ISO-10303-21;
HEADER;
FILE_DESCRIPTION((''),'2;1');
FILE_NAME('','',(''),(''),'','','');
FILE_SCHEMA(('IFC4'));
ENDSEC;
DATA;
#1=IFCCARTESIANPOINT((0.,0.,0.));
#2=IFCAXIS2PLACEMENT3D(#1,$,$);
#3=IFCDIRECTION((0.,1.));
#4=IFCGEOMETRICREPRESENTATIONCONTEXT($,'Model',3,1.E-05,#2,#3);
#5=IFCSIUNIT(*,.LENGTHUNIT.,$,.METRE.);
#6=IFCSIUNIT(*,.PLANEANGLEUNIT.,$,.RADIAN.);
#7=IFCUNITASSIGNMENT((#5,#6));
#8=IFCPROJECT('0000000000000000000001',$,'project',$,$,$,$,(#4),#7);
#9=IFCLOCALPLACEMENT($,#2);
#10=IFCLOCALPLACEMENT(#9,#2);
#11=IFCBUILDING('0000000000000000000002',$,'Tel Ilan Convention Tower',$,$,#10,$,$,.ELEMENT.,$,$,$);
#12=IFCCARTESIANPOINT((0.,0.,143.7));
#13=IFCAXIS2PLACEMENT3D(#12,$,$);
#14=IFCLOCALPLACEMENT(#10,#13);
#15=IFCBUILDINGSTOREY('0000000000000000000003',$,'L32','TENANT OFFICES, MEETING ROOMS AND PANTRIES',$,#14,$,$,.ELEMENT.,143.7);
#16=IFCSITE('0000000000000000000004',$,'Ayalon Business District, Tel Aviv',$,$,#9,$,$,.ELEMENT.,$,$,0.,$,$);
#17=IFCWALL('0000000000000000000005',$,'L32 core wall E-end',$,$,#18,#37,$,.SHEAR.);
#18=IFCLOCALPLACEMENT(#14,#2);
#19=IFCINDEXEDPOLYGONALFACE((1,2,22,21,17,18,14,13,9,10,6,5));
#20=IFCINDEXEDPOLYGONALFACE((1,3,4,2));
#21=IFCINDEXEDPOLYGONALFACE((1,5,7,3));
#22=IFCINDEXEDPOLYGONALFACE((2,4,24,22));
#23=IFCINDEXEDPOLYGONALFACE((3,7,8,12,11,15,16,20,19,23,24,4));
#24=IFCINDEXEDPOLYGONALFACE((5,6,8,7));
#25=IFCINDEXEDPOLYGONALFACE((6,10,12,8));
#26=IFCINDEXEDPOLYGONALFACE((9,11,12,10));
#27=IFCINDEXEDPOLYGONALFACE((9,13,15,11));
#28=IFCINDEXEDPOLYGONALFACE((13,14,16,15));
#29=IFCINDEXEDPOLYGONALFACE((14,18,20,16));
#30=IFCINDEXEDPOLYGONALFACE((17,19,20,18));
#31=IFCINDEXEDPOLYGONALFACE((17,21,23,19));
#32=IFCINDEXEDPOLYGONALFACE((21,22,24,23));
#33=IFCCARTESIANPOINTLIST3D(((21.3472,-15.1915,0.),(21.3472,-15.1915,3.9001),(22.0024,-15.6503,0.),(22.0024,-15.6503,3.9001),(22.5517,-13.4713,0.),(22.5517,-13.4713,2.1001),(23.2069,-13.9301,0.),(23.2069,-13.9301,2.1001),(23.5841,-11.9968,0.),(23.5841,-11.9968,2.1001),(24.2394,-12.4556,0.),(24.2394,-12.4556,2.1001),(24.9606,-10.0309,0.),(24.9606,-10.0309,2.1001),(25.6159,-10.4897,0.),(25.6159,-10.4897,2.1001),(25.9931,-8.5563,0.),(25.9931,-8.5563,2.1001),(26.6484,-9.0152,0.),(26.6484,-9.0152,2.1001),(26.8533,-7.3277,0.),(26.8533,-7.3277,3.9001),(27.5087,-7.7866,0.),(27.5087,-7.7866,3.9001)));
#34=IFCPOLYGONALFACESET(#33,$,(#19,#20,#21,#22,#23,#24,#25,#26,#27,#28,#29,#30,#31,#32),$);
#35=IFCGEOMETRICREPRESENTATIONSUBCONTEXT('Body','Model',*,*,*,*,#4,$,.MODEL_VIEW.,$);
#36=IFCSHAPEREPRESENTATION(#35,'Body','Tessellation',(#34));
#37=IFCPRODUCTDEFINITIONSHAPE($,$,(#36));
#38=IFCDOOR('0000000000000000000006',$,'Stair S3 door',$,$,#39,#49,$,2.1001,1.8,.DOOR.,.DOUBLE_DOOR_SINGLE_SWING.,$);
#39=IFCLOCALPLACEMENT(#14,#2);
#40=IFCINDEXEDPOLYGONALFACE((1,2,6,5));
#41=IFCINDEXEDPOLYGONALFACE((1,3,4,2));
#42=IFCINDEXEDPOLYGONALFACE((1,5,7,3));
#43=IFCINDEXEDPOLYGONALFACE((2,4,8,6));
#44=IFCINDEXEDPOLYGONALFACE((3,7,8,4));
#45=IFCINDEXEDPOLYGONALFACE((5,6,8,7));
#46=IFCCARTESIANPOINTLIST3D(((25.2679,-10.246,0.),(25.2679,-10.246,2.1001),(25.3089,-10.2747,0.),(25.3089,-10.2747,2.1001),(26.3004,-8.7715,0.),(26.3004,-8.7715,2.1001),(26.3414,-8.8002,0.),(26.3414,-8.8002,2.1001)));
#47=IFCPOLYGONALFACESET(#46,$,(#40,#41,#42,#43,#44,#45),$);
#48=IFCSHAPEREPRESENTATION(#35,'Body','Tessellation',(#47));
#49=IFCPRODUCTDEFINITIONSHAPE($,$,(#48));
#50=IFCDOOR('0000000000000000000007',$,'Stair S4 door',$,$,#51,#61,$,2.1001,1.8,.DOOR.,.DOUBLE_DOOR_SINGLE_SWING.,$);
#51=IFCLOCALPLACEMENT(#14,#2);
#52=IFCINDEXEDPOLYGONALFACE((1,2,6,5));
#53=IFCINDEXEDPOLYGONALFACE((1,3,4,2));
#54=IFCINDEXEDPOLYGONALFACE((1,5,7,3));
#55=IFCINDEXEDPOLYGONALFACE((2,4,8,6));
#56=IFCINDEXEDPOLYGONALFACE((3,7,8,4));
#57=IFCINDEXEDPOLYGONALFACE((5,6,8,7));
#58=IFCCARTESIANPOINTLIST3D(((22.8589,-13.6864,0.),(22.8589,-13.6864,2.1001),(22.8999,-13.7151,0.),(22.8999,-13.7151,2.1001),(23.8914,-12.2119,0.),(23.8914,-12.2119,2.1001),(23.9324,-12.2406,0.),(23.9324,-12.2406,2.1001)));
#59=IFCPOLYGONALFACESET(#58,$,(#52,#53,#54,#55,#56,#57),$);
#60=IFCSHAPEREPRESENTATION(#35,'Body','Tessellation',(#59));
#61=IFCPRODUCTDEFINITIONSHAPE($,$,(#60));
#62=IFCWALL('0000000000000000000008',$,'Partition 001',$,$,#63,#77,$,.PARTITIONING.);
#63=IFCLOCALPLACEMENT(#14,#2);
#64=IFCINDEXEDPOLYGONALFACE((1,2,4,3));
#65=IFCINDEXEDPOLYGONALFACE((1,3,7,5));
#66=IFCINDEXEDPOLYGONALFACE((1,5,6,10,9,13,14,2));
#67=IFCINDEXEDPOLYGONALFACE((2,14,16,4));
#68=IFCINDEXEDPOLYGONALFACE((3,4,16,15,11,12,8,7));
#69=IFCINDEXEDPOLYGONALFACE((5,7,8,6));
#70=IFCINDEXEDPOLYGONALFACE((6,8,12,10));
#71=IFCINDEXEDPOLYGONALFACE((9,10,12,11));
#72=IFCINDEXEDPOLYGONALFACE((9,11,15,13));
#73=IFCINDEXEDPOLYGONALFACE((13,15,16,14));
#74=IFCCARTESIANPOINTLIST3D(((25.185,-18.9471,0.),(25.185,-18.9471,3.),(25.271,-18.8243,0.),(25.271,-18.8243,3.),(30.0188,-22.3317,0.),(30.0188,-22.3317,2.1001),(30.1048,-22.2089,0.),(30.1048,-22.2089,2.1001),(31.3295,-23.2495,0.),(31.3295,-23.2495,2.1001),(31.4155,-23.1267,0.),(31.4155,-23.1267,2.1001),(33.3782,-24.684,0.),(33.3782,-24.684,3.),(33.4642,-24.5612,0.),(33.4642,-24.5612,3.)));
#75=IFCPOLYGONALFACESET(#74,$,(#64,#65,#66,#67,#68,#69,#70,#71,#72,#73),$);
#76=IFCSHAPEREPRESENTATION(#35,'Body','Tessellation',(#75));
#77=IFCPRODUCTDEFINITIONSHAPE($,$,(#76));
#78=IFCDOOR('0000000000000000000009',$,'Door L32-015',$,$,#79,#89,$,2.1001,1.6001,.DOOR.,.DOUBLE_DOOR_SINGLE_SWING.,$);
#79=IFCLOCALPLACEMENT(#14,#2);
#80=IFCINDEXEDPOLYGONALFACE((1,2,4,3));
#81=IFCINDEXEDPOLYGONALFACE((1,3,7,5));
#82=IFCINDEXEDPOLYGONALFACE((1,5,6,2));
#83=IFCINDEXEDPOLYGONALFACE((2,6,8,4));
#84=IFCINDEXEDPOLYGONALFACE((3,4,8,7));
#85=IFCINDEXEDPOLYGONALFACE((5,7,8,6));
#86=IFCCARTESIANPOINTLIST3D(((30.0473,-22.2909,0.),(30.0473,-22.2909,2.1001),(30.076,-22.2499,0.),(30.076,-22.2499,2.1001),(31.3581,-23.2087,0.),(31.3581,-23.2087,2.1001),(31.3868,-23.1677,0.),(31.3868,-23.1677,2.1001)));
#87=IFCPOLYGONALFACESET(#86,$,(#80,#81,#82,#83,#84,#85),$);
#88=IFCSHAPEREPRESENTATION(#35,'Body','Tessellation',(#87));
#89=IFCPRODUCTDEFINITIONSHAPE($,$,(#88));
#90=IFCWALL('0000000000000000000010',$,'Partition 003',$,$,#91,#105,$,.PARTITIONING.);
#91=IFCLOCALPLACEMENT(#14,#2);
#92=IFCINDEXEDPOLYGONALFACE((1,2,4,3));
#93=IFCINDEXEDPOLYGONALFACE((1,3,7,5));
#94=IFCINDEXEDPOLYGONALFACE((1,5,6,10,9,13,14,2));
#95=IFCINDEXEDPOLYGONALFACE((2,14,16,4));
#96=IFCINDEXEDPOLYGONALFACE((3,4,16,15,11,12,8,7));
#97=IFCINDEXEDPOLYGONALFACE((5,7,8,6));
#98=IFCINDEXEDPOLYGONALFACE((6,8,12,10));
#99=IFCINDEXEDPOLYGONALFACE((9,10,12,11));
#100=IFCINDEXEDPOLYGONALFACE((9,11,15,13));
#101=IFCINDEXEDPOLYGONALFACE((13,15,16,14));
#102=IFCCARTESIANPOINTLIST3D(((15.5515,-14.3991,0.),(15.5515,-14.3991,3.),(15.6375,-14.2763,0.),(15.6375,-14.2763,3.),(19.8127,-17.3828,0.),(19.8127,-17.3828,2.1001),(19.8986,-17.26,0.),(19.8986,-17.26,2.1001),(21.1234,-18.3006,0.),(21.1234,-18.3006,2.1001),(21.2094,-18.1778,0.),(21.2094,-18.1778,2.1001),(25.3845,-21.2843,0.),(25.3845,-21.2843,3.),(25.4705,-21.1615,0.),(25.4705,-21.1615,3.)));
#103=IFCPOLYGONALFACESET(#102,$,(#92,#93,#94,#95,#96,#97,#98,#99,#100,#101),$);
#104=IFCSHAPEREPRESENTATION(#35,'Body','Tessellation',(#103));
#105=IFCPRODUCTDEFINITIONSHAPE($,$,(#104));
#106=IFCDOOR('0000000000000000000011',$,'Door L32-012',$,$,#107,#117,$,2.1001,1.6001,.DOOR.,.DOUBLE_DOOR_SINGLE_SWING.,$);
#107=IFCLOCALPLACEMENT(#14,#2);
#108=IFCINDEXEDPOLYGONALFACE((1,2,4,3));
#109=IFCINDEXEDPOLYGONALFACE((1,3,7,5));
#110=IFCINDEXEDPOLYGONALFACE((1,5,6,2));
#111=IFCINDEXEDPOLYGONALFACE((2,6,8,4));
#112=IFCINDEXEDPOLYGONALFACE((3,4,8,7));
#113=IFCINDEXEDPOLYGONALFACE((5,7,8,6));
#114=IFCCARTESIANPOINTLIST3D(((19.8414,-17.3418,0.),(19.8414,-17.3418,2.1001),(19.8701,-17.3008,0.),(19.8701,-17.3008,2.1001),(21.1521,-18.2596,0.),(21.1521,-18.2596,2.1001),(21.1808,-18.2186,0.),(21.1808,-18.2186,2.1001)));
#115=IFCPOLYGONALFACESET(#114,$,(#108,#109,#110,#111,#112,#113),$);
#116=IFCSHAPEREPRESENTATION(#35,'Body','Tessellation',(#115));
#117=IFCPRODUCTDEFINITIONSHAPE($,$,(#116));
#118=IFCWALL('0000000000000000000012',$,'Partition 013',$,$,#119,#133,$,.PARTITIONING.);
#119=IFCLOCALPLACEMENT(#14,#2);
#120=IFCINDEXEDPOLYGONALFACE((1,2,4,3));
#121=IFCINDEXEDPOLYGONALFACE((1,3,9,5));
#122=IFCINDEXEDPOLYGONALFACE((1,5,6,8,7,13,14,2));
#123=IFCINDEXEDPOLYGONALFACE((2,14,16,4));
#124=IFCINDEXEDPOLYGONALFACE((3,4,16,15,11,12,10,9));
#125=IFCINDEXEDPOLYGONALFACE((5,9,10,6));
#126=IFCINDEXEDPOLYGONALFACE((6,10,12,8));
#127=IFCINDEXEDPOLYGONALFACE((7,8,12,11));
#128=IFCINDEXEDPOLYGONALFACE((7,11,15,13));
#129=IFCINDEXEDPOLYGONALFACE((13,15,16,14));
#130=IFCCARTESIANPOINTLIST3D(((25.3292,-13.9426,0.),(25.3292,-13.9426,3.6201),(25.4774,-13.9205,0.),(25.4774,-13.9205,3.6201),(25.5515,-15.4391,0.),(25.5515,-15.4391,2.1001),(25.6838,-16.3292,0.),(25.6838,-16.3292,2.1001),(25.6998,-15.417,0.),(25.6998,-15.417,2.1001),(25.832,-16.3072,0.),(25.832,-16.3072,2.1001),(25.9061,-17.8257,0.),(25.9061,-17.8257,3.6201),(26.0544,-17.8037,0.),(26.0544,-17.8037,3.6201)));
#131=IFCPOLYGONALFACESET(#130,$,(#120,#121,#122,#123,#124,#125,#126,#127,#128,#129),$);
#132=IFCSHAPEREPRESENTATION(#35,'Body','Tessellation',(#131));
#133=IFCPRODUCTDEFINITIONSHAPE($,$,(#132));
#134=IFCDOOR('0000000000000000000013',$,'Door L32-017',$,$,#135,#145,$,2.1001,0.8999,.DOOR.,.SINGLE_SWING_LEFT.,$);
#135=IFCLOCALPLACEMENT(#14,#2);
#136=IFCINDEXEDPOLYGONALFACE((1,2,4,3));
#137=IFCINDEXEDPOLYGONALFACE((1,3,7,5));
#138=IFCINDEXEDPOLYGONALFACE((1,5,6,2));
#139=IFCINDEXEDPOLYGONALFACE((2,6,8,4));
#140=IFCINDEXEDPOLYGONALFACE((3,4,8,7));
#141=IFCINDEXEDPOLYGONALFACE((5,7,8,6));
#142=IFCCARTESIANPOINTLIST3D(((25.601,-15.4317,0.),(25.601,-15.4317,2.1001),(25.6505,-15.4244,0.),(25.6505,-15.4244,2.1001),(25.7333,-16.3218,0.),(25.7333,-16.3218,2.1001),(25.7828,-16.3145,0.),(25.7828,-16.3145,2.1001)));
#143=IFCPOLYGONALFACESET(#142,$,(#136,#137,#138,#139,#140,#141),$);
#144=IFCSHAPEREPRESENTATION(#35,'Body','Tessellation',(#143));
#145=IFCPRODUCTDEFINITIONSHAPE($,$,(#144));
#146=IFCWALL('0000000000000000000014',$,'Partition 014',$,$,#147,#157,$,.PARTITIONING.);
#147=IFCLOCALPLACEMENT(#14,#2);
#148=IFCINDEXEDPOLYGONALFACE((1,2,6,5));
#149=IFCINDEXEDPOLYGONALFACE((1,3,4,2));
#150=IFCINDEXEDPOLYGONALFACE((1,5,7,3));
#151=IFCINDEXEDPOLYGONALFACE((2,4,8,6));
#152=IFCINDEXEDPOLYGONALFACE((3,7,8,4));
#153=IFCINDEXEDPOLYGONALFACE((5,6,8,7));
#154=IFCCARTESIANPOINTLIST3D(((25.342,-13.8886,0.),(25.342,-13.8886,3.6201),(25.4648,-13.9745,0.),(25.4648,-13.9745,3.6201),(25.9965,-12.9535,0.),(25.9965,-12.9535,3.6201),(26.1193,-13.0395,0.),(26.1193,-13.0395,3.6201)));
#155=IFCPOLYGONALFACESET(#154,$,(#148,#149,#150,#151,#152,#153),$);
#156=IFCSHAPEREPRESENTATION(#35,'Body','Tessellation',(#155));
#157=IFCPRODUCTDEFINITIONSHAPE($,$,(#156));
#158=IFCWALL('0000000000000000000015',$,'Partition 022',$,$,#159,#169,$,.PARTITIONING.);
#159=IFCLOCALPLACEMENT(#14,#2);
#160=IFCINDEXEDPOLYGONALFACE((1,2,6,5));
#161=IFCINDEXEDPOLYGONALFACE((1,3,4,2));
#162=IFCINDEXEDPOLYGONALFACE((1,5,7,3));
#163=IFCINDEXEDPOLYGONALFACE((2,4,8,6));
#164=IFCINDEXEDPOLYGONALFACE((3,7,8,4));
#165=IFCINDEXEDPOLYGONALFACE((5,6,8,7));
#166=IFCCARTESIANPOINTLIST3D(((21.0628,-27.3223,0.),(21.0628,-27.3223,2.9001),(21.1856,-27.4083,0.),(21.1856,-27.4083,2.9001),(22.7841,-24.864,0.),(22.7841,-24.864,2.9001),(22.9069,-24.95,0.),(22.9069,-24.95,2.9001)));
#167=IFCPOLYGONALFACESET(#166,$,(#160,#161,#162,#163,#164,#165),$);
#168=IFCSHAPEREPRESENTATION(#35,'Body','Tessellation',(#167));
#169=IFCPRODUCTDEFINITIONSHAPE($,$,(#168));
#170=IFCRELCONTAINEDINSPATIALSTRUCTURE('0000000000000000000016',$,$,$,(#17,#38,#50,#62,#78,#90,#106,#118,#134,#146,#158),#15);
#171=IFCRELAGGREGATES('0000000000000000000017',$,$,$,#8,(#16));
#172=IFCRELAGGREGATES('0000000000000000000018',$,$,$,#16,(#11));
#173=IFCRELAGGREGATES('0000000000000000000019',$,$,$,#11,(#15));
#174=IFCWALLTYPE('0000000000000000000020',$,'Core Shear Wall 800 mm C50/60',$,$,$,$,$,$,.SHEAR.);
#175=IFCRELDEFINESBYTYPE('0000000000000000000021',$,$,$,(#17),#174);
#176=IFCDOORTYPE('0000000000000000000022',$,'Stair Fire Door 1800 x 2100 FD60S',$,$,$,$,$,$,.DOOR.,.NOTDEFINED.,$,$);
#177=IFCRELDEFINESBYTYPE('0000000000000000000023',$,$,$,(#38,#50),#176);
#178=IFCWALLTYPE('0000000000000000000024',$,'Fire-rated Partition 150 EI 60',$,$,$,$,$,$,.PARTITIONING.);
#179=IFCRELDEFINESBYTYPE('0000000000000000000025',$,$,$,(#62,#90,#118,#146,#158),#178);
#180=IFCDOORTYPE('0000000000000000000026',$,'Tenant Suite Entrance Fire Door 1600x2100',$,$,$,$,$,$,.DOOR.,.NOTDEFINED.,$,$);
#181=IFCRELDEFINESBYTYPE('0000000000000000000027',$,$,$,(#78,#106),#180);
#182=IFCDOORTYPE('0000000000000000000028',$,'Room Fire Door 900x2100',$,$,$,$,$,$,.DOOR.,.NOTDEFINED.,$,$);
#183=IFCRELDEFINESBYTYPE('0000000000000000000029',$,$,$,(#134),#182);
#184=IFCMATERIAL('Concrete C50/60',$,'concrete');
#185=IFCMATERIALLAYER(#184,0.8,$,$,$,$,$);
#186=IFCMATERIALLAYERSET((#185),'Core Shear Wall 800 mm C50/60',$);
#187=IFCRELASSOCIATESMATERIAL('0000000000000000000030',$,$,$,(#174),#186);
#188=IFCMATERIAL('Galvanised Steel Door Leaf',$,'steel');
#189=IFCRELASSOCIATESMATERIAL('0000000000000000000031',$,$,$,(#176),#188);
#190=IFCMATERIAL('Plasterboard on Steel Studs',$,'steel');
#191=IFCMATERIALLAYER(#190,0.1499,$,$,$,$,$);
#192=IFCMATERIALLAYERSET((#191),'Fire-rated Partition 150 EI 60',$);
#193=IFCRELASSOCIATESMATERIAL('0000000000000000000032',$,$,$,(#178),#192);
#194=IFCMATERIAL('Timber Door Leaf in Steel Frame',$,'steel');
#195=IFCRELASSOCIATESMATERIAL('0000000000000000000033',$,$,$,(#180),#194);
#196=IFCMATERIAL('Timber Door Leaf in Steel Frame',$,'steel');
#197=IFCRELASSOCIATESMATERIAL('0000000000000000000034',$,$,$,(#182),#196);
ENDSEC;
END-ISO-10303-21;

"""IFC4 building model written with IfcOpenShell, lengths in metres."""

from ifc_helpers import new_model, si_unit, direction, frame, frame_2d, origin, place, context, subcontext, project, spatial, polyline, rectangle, outline, extrude, material, layer, layer_set, type_object, element, fill, save


model = new_model("IFC4")

# Units and contexts
model_context = context("Model", 3, precision=1e-05, world=origin(), true_north=direction((0.0, 1.0)))
body_context = subcontext(model_context, "Body", "Model", "MODEL_VIEW")
ifc_project = project(units=[si_unit("LENGTHUNIT", "METRE"), si_unit("PLANEANGLEUNIT", "RADIAN")], contexts=[model_context])

# Site, building, storey
site_placement = place(None, origin())
site = spatial("IfcSite", under=ifc_project, at=site_placement, Name="Ayalon Business District, Tel Aviv", CompositionType="ELEMENT", RefElevation=0.0)
building_placement = place(site_placement, origin())
building = spatial("IfcBuilding", under=site, at=building_placement, Name="Tel Ilan Convention Tower", CompositionType="ELEMENT")
storey_placement = place(building_placement, frame((0.0, 0.0, 143.7)))
storey = spatial("IfcBuildingStorey", under=building, at=storey_placement, Name="L32", Description="TENANT OFFICES, MEETING ROOMS AND PANTRIES", CompositionType="ELEMENT", Elevation=143.7)

# Wall, openings, doors
ifc_material_1 = material(Name="Concrete C50/60", Category="concrete")
ifc_layer_1 = layer(ifc_material_1, 0.8)
ifc_layer_set_1 = layer_set([ifc_layer_1], Name="Core Shear Wall 800 mm C50/60")
wall_type_1 = type_object("IfcWallType", Name="Core Shear Wall 800 mm C50/60", PredefinedType="SHEAR", material=ifc_layer_set_1)
wall_1_placement = place(storey_placement, frame((21.6748, -15.4209, 0.0), z_axis=(0.0, 0.0, 1.0), x_axis=(0.573582, 0.819148, 0.0)))
wall_1 = element("IfcWall", 1, at=wall_1_placement, inside=storey, type_object=wall_type_1, Name="L32 core wall E-end", PredefinedType="SHEAR", context=body_context, shape_type="SweptSolid", body=[
    extrude(outline(polyline([(9.5999, 0.4001), (0.0, 0.3999), (0.0, -0.3999), (9.5999, -0.3999), (9.5999, 0.4001)])), origin(), (0.0, 0.0, 1.0), 3.9001),
])
opening_1_placement = place(wall_1_placement, frame((6.3, 0.0, 0.0)))
opening_1 = element("IfcOpeningElement", 2, at=opening_1_placement, cuts=wall_1, PredefinedType="OPENING", context=body_context, shape_type="SweptSolid", body=[
    extrude(rectangle(XDim=1.8, YDim=2.1001, at=frame_2d((0.8999, 1.05))), frame((0.0, 0.4099, 0.0), z_axis=(0.0, -1.0, 0.0), x_axis=(1.0, 0.0, 0.0)), (0.0, 0.0, 1.0), 0.8201),
])
opening_2_placement = place(wall_1_placement, frame((2.1001, 0.0, 0.0)))
opening_2 = element("IfcOpeningElement", 3, at=opening_2_placement, cuts=wall_1, PredefinedType="OPENING", context=body_context, shape_type="SweptSolid", body=[
    extrude(rectangle(XDim=1.8, YDim=2.1001, at=frame_2d((0.8999, 1.05))), frame((0.0, 0.4099, 0.0), z_axis=(0.0, -1.0, 0.0), x_axis=(1.0, 0.0, 0.0)), (0.0, 0.0, 1.0), 0.8201),
])
ifc_material_2 = material(Name="Galvanised Steel Door Leaf", Category="steel")
door_type_1 = type_object("IfcDoorType", Name="Stair Fire Door 1800 x 2100 FD60S", OperationType="NOTDEFINED", PredefinedType="DOOR", material=ifc_material_2)
door_1_placement = place(opening_1_placement, origin())
door_1 = element("IfcDoor", 4, at=door_1_placement, inside=storey, type_object=door_type_1, Name="Stair S3 door", OperationType="DOUBLE_DOOR_SINGLE_SWING", OverallHeight=2.1001, OverallWidth=1.8, PredefinedType="DOOR", context=body_context, shape_type="SweptSolid", body=[
    extrude(rectangle(XDim=1.8, YDim=2.1001, at=frame_2d((0.8999, 1.05))), frame((0.0, 0.0249, 0.0), z_axis=(0.0, -1.0, 0.0), x_axis=(1.0, 0.0, 0.0)), (0.0, 0.0, 1.0), 0.05),
])
fill(opening_1, door_1)
door_2_placement = place(opening_2_placement, origin())
door_2 = element("IfcDoor", 5, at=door_2_placement, inside=storey, type_object=door_type_1, Name="Stair S4 door", OperationType="DOUBLE_DOOR_SINGLE_SWING", OverallHeight=2.1001, OverallWidth=1.8, PredefinedType="DOOR", context=body_context, shape_type="SweptSolid", body=[
    extrude(rectangle(XDim=1.8, YDim=2.1001, at=frame_2d((0.8999, 1.05))), frame((0.0, 0.0249, 0.0), z_axis=(0.0, -1.0, 0.0), x_axis=(1.0, 0.0, 0.0)), (0.0, 0.0, 1.0), 0.05),
])
fill(opening_2, door_2)

# Walls, openings, doors
ifc_material_3 = material(Name="Plasterboard on Steel Studs", Category="steel")
ifc_layer_2 = layer(ifc_material_3, 0.1499)
ifc_layer_set_2 = layer_set([ifc_layer_2], Name="Fire-rated Partition 150 EI 60")
wall_type_2 = type_object("IfcWallType", Name="Fire-rated Partition 150 EI 60", PredefinedType="PARTITIONING", material=ifc_layer_set_2)
wall_2_placement = place(storey_placement, frame((25.228, -18.8857, 0.0), z_axis=(0.0, 0.0, 1.0), x_axis=(0.819155, -0.573572, 0.0)))
wall_2 = element("IfcWall", 6, at=wall_2_placement, inside=storey, type_object=wall_type_2, Name="Partition 001", PredefinedType="PARTITIONING", context=body_context, shape_type="SweptSolid", body=[
    extrude(rectangle(XDim=10.002, YDim=0.1499, at=frame_2d((5.001, 0.0))), origin(), (0.0, 0.0, 1.0), 3.0),
])
opening_3_placement = place(wall_2_placement, frame((5.9009, 0.0, 0.0)))
opening_3 = element("IfcOpeningElement", 7, at=opening_3_placement, cuts=wall_2, PredefinedType="OPENING", context=body_context, shape_type="SweptSolid", body=[
    extrude(rectangle(XDim=1.6001, YDim=2.1001, at=frame_2d((0.8, 1.05))), frame((0.0, 0.085, 0.0), z_axis=(0.0, -1.0, 0.0), x_axis=(1.0, 0.0, 0.0)), (0.0, 0.0, 1.0), 0.1699),
])
ifc_material_4 = material(Name="Timber Door Leaf in Steel Frame", Category="steel")
door_type_2 = type_object("IfcDoorType", Name="Tenant Suite Entrance Fire Door 1600x2100", OperationType="NOTDEFINED", PredefinedType="DOOR", material=ifc_material_4)
door_3_placement = place(opening_3_placement, origin())
door_3 = element("IfcDoor", 8, at=door_3_placement, inside=storey, type_object=door_type_2, Name="Door L32-015", OperationType="DOUBLE_DOOR_SINGLE_SWING", OverallHeight=2.1001, OverallWidth=1.6001, PredefinedType="DOOR", context=body_context, shape_type="SweptSolid", body=[
    extrude(rectangle(XDim=1.6001, YDim=2.1001, at=frame_2d((0.8, 1.05))), frame((0.0, 0.0249, 0.0), z_axis=(0.0, -1.0, 0.0), x_axis=(1.0, 0.0, 0.0)), (0.0, 0.0, 1.0), 0.05),
])
fill(opening_3, door_3)
wall_3_placement = place(storey_placement, frame((25.4275, -21.2229, 0.0), z_axis=(0.0, 0.0, 1.0), x_axis=(-0.819148, 0.573582, 0.0)))
wall_3 = element("IfcWall", 9, at=wall_3_placement, inside=storey, type_object=wall_type_2, Name="Partition 003", PredefinedType="PARTITIONING", context=body_context, shape_type="SweptSolid", body=[
    extrude(rectangle(XDim=12.0039, YDim=0.1499, at=frame_2d((6.002, 0.0))), origin(), (0.0, 0.0, 1.0), 3.0),
])
opening_4_placement = place(wall_3_placement, frame((5.2019, 0.0, 0.0)))
opening_4 = element("IfcOpeningElement", 10, at=opening_4_placement, cuts=wall_3, PredefinedType="OPENING", context=body_context, shape_type="SweptSolid", body=[
    extrude(rectangle(XDim=1.6001, YDim=2.1001, at=frame_2d((0.8, 1.05))), frame((0.0, 0.085, 0.0), z_axis=(0.0, -1.0, 0.0), x_axis=(1.0, 0.0, 0.0)), (0.0, 0.0, 1.0), 0.1699),
])
door_4_placement = place(opening_4_placement, origin())
door_4 = element("IfcDoor", 11, at=door_4_placement, inside=storey, type_object=door_type_2, Name="Door L32-012", OperationType="DOUBLE_DOOR_SINGLE_SWING", OverallHeight=2.1001, OverallWidth=1.6001, PredefinedType="DOOR", context=body_context, shape_type="SweptSolid", body=[
    extrude(rectangle(XDim=1.6001, YDim=2.1001, at=frame_2d((0.8, 1.05))), frame((0.0, 0.0249, 0.0), z_axis=(0.0, -1.0, 0.0), x_axis=(1.0, 0.0, 0.0)), (0.0, 0.0, 1.0), 0.05),
])
fill(opening_4, door_4)
wall_4_placement = place(storey_placement, frame((25.9802, -17.8147, 0.0), z_axis=(0.0, 0.0, 1.0), x_axis=(-0.146957, 0.989143, 0.0)))
wall_4 = element("IfcWall", 12, at=wall_4_placement, inside=storey, type_object=wall_type_2, Name="Partition 013", PredefinedType="PARTITIONING", context=body_context, shape_type="SweptSolid", body=[
    extrude(rectangle(XDim=3.9258, YDim=0.1499, at=frame_2d((1.9629, 0.0))), origin(), (0.0, 0.0, 1.0), 3.6201),
])
opening_5_placement = place(wall_4_placement, frame((1.5129, 0.0, 0.0)))
opening_5 = element("IfcOpeningElement", 13, at=opening_5_placement, cuts=wall_4, PredefinedType="OPENING", context=body_context, shape_type="SweptSolid", body=[
    extrude(rectangle(XDim=0.8999, YDim=2.1001, at=frame_2d((0.45, 1.05))), frame((0.0, 0.085, 0.0), z_axis=(0.0, -1.0, 0.0), x_axis=(1.0, 0.0, 0.0)), (0.0, 0.0, 1.0), 0.1699),
])
ifc_material_5 = material(Name="Timber Door Leaf in Steel Frame", Category="steel")
door_type_3 = type_object("IfcDoorType", Name="Room Fire Door 900x2100", OperationType="NOTDEFINED", PredefinedType="DOOR", material=ifc_material_5)
door_5_placement = place(opening_5_placement, origin())
door_5 = element("IfcDoor", 14, at=door_5_placement, inside=storey, type_object=door_type_3, Name="Door L32-017", OperationType="SINGLE_SWING_LEFT", OverallHeight=2.1001, OverallWidth=0.8999, PredefinedType="DOOR", context=body_context, shape_type="SweptSolid", body=[
    extrude(rectangle(XDim=0.8999, YDim=2.1001, at=frame_2d((0.45, 1.05))), frame((0.0, 0.0249, 0.0), z_axis=(0.0, -1.0, 0.0), x_axis=(1.0, 0.0, 0.0)), (0.0, 0.0, 1.0), 0.05),
])
fill(opening_5, door_5)

# Walls
wall_5_placement = place(storey_placement, frame((25.4033, -13.9316, 0.0), z_axis=(0.0, 0.0, 1.0), x_axis=(0.573462, 0.819232, 0.0)))
element("IfcWall", 15, at=wall_5_placement, inside=storey, type_object=wall_type_2, Name="Partition 014", PredefinedType="PARTITIONING", context=body_context, shape_type="SweptSolid", body=[
    extrude(rectangle(XDim=1.1414, YDim=0.1499, at=frame_2d((0.5708, 0.0))), origin(), (0.0, 0.0, 1.0), 3.6201),
])
wall_6_placement = place(storey_placement, frame((22.8455, -24.907, 0.0), z_axis=(0.0, 0.0, 1.0), x_axis=(-0.573555, -0.819167, 0.0)))
element("IfcWall", 16, at=wall_6_placement, inside=storey, type_object=wall_type_2, Name="Partition 022", PredefinedType="PARTITIONING", context=body_context, shape_type="SweptSolid", body=[
    extrude(rectangle(XDim=3.001, YDim=0.1499, at=frame_2d((1.5005, 0.0))), origin(), (0.0, 0.0, 1.0), 2.9001),
])

save(model, "model.ifc")
